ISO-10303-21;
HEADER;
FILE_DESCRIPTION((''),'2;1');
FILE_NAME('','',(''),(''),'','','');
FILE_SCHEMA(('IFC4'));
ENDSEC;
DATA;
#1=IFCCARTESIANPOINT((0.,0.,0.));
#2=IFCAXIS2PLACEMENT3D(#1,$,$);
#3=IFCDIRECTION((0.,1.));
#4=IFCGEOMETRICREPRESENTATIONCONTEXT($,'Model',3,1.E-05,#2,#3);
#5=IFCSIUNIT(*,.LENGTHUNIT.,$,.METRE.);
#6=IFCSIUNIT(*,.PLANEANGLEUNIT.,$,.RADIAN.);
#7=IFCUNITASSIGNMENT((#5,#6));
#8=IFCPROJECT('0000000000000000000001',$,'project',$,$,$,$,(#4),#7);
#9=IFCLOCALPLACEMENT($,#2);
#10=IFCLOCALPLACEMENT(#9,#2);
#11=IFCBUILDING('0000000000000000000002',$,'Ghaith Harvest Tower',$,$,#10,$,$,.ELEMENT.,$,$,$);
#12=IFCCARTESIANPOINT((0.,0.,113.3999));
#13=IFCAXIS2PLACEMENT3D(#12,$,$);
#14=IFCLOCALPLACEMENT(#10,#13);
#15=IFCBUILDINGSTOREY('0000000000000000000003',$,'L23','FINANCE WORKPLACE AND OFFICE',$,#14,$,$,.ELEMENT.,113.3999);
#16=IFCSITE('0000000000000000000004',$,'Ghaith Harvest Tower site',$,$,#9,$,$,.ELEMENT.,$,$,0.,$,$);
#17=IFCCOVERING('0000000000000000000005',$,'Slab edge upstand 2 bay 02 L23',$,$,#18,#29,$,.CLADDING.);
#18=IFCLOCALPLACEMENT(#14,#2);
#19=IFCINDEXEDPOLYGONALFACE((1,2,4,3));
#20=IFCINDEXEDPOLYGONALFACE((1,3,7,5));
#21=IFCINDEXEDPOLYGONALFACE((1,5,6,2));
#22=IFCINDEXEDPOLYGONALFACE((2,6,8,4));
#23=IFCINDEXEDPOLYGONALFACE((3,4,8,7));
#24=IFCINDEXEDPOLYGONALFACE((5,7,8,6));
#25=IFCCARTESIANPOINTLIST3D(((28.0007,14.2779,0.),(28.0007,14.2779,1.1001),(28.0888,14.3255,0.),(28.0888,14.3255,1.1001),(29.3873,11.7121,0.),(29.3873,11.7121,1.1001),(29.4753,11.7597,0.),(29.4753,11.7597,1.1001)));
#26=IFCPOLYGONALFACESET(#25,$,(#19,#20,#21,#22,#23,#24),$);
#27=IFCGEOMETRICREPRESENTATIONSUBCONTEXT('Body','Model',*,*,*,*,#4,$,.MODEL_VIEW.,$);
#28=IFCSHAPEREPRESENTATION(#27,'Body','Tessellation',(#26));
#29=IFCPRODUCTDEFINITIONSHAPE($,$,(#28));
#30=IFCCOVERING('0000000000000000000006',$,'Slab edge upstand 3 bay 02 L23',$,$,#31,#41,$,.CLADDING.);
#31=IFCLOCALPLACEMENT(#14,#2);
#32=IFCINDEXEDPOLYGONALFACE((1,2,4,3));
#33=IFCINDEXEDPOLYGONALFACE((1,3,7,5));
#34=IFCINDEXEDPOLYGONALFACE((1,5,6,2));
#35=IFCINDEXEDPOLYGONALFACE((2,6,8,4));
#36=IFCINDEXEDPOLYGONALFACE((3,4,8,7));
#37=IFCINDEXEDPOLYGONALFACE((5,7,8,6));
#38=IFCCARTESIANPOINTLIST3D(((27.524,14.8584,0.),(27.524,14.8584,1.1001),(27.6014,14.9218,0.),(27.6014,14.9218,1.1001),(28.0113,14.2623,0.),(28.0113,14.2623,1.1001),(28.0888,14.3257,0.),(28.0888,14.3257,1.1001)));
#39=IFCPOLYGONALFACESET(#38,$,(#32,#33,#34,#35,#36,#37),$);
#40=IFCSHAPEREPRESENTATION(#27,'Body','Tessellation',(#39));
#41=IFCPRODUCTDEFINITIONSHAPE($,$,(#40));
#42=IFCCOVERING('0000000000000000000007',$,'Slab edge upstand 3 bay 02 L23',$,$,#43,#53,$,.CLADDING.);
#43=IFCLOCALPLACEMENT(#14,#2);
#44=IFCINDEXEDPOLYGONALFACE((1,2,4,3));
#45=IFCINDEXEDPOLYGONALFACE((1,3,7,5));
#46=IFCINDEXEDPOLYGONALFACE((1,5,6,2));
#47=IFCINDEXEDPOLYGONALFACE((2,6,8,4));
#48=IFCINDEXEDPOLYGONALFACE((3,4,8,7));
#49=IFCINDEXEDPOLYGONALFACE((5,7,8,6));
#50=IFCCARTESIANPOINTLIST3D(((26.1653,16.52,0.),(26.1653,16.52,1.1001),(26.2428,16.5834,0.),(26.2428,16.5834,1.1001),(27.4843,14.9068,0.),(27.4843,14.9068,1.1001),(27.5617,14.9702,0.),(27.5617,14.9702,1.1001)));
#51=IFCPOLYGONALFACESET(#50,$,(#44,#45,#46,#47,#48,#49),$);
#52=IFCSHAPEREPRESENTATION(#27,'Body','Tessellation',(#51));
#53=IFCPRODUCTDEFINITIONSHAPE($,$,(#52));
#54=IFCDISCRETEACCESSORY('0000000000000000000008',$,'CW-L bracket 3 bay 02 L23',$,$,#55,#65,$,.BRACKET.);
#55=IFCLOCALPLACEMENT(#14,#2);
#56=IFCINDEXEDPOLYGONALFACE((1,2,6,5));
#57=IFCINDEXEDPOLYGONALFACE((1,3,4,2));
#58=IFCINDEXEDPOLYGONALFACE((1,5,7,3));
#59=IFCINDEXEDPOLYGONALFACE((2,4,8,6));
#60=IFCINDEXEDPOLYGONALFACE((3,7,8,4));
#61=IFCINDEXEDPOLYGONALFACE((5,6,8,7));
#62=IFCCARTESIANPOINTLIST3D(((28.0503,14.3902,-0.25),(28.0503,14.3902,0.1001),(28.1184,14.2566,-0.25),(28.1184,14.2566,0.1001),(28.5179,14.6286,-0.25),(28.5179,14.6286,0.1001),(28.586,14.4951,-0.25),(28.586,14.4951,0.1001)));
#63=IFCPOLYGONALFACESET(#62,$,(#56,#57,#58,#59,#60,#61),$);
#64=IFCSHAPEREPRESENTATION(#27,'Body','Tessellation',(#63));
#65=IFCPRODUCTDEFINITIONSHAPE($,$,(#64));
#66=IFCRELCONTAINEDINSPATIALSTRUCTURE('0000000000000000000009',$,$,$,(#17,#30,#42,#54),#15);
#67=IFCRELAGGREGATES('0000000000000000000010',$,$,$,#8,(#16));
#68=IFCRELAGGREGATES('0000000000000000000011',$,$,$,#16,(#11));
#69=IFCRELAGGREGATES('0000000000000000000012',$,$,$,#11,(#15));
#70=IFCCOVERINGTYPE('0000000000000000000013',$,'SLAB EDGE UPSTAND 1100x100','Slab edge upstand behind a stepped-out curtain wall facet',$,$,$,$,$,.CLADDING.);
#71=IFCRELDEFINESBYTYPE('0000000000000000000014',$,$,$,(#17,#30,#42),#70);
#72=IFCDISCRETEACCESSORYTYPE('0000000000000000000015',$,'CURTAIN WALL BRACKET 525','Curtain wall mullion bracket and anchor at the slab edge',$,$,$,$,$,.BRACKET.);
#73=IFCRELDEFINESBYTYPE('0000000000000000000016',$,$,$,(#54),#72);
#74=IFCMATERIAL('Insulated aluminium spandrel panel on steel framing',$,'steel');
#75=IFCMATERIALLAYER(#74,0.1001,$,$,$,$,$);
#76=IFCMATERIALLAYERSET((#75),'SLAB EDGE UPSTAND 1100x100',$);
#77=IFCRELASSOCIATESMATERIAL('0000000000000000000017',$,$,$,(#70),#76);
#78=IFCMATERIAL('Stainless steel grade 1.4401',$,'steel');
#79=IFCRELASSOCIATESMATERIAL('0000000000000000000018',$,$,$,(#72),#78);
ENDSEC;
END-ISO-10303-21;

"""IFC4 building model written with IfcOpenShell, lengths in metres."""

from ifc_helpers import new_model, si_unit, direction, frame, origin, origin_2d, place, context, subcontext, project, spatial, rectangle, extrude, material, layer, layer_set, type_object, element, save


model = new_model("IFC4")

# Units and contexts
model_context = context("Model", 3, precision=1e-05, world=origin(), true_north=direction((0.0, 1.0)))
body_context = subcontext(model_context, "Body", "Model", "MODEL_VIEW")
ifc_project = project(units=[si_unit("LENGTHUNIT", "METRE"), si_unit("PLANEANGLEUNIT", "RADIAN")], contexts=[model_context])

# Site, building, storey
site_placement = place(None, origin())
site = spatial("IfcSite", under=ifc_project, at=site_placement, Name="Ghaith Harvest Tower site", CompositionType="ELEMENT", RefElevation=0.0)
building_placement = place(site_placement, origin())
building = spatial("IfcBuilding", under=site, at=building_placement, Name="Ghaith Harvest Tower", CompositionType="ELEMENT")
storey_placement = place(building_placement, frame((0.0, 0.0, 113.3999)))
storey = spatial("IfcBuildingStorey", under=building, at=storey_placement, Name="L23", Description="FINANCE WORKPLACE AND OFFICE", CompositionType="ELEMENT", Elevation=113.3999)

# Coverings
ifc_material_1 = material(Name="Insulated aluminium spandrel panel on steel framing", Category="steel")
ifc_layer_1 = layer(ifc_material_1, 0.1001)
ifc_layer_set_1 = layer_set([ifc_layer_1], Name="SLAB EDGE UPSTAND 1100x100")
covering_type = type_object("IfcCoveringType", Name="SLAB EDGE UPSTAND 1100x100", Description="Slab edge upstand behind a stepped-out curtain wall facet", PredefinedType="CLADDING", material=ifc_layer_set_1)
covering_1_placement = place(storey_placement, frame((28.738, 13.0188, 0.0), z_axis=(0.0, 0.0, 1.0), x_axis=(-0.475409, 0.879765, 0.0)))
element("IfcCovering", 1, at=covering_1_placement, inside=storey, type_object=covering_type, Name="Slab edge upstand 2 bay 02 L23", PredefinedType="CLADDING", context=body_context, shape_type="SweptSolid", body=[
    extrude(rectangle(XDim=2.9165, YDim=0.1001, at=origin_2d()), origin(), (0.0, 0.0, 1.0), 1.1001),
])
covering_2_placement = place(storey_placement, frame((27.8064, 14.592, 0.0), z_axis=(0.0, 0.0, 1.0), x_axis=(-0.63297, 0.774177, 0.0)))
element("IfcCovering", 2, at=covering_2_placement, inside=storey, type_object=covering_type, Name="Slab edge upstand 3 bay 02 L23", PredefinedType="CLADDING", context=body_context, shape_type="SweptSolid", body=[
    extrude(rectangle(XDim=0.77, YDim=0.1001, at=origin_2d()), origin(), (0.0, 0.0, 1.0), 1.1001),
])
covering_3_placement = place(storey_placement, frame((26.8635, 15.7451, 0.0), z_axis=(0.0, 0.0, 1.0), x_axis=(-0.63297, 0.774177, 0.0)))
element("IfcCovering", 3, at=covering_3_placement, inside=storey, type_object=covering_type, Name="Slab edge upstand 3 bay 02 L23", PredefinedType="CLADDING", context=body_context, shape_type="SweptSolid", body=[
    extrude(rectangle(XDim=2.0837, YDim=0.1001, at=origin_2d()), origin(), (0.0, 0.0, 1.0), 1.1001),
])

# Discrete accessory
ifc_material_2 = material(Name="Stainless steel grade 1.4401", Category="steel")
discrete_accessory_type = type_object("IfcDiscreteAccessoryType", Name="CURTAIN WALL BRACKET 525", Description="Curtain wall mullion bracket and anchor at the slab edge", PredefinedType="BRACKET", material=ifc_material_2)
discrete_accessory_placement = place(storey_placement, frame((28.3181, 14.4426, -0.25), z_axis=(0.0, 0.0, 1.0), x_axis=(0.890831, 0.454335, 0.0)))
element("IfcDiscreteAccessory", 4, at=discrete_accessory_placement, inside=storey, type_object=discrete_accessory_type, Name="CW-L bracket 3 bay 02 L23", PredefinedType="BRACKET", context=body_context, shape_type="SweptSolid", body=[
    extrude(rectangle(XDim=0.5249, YDim=0.1499, at=origin_2d()), origin(), (0.0, 0.0, 1.0), 0.3501),
])

save(model, "model.ifc")
